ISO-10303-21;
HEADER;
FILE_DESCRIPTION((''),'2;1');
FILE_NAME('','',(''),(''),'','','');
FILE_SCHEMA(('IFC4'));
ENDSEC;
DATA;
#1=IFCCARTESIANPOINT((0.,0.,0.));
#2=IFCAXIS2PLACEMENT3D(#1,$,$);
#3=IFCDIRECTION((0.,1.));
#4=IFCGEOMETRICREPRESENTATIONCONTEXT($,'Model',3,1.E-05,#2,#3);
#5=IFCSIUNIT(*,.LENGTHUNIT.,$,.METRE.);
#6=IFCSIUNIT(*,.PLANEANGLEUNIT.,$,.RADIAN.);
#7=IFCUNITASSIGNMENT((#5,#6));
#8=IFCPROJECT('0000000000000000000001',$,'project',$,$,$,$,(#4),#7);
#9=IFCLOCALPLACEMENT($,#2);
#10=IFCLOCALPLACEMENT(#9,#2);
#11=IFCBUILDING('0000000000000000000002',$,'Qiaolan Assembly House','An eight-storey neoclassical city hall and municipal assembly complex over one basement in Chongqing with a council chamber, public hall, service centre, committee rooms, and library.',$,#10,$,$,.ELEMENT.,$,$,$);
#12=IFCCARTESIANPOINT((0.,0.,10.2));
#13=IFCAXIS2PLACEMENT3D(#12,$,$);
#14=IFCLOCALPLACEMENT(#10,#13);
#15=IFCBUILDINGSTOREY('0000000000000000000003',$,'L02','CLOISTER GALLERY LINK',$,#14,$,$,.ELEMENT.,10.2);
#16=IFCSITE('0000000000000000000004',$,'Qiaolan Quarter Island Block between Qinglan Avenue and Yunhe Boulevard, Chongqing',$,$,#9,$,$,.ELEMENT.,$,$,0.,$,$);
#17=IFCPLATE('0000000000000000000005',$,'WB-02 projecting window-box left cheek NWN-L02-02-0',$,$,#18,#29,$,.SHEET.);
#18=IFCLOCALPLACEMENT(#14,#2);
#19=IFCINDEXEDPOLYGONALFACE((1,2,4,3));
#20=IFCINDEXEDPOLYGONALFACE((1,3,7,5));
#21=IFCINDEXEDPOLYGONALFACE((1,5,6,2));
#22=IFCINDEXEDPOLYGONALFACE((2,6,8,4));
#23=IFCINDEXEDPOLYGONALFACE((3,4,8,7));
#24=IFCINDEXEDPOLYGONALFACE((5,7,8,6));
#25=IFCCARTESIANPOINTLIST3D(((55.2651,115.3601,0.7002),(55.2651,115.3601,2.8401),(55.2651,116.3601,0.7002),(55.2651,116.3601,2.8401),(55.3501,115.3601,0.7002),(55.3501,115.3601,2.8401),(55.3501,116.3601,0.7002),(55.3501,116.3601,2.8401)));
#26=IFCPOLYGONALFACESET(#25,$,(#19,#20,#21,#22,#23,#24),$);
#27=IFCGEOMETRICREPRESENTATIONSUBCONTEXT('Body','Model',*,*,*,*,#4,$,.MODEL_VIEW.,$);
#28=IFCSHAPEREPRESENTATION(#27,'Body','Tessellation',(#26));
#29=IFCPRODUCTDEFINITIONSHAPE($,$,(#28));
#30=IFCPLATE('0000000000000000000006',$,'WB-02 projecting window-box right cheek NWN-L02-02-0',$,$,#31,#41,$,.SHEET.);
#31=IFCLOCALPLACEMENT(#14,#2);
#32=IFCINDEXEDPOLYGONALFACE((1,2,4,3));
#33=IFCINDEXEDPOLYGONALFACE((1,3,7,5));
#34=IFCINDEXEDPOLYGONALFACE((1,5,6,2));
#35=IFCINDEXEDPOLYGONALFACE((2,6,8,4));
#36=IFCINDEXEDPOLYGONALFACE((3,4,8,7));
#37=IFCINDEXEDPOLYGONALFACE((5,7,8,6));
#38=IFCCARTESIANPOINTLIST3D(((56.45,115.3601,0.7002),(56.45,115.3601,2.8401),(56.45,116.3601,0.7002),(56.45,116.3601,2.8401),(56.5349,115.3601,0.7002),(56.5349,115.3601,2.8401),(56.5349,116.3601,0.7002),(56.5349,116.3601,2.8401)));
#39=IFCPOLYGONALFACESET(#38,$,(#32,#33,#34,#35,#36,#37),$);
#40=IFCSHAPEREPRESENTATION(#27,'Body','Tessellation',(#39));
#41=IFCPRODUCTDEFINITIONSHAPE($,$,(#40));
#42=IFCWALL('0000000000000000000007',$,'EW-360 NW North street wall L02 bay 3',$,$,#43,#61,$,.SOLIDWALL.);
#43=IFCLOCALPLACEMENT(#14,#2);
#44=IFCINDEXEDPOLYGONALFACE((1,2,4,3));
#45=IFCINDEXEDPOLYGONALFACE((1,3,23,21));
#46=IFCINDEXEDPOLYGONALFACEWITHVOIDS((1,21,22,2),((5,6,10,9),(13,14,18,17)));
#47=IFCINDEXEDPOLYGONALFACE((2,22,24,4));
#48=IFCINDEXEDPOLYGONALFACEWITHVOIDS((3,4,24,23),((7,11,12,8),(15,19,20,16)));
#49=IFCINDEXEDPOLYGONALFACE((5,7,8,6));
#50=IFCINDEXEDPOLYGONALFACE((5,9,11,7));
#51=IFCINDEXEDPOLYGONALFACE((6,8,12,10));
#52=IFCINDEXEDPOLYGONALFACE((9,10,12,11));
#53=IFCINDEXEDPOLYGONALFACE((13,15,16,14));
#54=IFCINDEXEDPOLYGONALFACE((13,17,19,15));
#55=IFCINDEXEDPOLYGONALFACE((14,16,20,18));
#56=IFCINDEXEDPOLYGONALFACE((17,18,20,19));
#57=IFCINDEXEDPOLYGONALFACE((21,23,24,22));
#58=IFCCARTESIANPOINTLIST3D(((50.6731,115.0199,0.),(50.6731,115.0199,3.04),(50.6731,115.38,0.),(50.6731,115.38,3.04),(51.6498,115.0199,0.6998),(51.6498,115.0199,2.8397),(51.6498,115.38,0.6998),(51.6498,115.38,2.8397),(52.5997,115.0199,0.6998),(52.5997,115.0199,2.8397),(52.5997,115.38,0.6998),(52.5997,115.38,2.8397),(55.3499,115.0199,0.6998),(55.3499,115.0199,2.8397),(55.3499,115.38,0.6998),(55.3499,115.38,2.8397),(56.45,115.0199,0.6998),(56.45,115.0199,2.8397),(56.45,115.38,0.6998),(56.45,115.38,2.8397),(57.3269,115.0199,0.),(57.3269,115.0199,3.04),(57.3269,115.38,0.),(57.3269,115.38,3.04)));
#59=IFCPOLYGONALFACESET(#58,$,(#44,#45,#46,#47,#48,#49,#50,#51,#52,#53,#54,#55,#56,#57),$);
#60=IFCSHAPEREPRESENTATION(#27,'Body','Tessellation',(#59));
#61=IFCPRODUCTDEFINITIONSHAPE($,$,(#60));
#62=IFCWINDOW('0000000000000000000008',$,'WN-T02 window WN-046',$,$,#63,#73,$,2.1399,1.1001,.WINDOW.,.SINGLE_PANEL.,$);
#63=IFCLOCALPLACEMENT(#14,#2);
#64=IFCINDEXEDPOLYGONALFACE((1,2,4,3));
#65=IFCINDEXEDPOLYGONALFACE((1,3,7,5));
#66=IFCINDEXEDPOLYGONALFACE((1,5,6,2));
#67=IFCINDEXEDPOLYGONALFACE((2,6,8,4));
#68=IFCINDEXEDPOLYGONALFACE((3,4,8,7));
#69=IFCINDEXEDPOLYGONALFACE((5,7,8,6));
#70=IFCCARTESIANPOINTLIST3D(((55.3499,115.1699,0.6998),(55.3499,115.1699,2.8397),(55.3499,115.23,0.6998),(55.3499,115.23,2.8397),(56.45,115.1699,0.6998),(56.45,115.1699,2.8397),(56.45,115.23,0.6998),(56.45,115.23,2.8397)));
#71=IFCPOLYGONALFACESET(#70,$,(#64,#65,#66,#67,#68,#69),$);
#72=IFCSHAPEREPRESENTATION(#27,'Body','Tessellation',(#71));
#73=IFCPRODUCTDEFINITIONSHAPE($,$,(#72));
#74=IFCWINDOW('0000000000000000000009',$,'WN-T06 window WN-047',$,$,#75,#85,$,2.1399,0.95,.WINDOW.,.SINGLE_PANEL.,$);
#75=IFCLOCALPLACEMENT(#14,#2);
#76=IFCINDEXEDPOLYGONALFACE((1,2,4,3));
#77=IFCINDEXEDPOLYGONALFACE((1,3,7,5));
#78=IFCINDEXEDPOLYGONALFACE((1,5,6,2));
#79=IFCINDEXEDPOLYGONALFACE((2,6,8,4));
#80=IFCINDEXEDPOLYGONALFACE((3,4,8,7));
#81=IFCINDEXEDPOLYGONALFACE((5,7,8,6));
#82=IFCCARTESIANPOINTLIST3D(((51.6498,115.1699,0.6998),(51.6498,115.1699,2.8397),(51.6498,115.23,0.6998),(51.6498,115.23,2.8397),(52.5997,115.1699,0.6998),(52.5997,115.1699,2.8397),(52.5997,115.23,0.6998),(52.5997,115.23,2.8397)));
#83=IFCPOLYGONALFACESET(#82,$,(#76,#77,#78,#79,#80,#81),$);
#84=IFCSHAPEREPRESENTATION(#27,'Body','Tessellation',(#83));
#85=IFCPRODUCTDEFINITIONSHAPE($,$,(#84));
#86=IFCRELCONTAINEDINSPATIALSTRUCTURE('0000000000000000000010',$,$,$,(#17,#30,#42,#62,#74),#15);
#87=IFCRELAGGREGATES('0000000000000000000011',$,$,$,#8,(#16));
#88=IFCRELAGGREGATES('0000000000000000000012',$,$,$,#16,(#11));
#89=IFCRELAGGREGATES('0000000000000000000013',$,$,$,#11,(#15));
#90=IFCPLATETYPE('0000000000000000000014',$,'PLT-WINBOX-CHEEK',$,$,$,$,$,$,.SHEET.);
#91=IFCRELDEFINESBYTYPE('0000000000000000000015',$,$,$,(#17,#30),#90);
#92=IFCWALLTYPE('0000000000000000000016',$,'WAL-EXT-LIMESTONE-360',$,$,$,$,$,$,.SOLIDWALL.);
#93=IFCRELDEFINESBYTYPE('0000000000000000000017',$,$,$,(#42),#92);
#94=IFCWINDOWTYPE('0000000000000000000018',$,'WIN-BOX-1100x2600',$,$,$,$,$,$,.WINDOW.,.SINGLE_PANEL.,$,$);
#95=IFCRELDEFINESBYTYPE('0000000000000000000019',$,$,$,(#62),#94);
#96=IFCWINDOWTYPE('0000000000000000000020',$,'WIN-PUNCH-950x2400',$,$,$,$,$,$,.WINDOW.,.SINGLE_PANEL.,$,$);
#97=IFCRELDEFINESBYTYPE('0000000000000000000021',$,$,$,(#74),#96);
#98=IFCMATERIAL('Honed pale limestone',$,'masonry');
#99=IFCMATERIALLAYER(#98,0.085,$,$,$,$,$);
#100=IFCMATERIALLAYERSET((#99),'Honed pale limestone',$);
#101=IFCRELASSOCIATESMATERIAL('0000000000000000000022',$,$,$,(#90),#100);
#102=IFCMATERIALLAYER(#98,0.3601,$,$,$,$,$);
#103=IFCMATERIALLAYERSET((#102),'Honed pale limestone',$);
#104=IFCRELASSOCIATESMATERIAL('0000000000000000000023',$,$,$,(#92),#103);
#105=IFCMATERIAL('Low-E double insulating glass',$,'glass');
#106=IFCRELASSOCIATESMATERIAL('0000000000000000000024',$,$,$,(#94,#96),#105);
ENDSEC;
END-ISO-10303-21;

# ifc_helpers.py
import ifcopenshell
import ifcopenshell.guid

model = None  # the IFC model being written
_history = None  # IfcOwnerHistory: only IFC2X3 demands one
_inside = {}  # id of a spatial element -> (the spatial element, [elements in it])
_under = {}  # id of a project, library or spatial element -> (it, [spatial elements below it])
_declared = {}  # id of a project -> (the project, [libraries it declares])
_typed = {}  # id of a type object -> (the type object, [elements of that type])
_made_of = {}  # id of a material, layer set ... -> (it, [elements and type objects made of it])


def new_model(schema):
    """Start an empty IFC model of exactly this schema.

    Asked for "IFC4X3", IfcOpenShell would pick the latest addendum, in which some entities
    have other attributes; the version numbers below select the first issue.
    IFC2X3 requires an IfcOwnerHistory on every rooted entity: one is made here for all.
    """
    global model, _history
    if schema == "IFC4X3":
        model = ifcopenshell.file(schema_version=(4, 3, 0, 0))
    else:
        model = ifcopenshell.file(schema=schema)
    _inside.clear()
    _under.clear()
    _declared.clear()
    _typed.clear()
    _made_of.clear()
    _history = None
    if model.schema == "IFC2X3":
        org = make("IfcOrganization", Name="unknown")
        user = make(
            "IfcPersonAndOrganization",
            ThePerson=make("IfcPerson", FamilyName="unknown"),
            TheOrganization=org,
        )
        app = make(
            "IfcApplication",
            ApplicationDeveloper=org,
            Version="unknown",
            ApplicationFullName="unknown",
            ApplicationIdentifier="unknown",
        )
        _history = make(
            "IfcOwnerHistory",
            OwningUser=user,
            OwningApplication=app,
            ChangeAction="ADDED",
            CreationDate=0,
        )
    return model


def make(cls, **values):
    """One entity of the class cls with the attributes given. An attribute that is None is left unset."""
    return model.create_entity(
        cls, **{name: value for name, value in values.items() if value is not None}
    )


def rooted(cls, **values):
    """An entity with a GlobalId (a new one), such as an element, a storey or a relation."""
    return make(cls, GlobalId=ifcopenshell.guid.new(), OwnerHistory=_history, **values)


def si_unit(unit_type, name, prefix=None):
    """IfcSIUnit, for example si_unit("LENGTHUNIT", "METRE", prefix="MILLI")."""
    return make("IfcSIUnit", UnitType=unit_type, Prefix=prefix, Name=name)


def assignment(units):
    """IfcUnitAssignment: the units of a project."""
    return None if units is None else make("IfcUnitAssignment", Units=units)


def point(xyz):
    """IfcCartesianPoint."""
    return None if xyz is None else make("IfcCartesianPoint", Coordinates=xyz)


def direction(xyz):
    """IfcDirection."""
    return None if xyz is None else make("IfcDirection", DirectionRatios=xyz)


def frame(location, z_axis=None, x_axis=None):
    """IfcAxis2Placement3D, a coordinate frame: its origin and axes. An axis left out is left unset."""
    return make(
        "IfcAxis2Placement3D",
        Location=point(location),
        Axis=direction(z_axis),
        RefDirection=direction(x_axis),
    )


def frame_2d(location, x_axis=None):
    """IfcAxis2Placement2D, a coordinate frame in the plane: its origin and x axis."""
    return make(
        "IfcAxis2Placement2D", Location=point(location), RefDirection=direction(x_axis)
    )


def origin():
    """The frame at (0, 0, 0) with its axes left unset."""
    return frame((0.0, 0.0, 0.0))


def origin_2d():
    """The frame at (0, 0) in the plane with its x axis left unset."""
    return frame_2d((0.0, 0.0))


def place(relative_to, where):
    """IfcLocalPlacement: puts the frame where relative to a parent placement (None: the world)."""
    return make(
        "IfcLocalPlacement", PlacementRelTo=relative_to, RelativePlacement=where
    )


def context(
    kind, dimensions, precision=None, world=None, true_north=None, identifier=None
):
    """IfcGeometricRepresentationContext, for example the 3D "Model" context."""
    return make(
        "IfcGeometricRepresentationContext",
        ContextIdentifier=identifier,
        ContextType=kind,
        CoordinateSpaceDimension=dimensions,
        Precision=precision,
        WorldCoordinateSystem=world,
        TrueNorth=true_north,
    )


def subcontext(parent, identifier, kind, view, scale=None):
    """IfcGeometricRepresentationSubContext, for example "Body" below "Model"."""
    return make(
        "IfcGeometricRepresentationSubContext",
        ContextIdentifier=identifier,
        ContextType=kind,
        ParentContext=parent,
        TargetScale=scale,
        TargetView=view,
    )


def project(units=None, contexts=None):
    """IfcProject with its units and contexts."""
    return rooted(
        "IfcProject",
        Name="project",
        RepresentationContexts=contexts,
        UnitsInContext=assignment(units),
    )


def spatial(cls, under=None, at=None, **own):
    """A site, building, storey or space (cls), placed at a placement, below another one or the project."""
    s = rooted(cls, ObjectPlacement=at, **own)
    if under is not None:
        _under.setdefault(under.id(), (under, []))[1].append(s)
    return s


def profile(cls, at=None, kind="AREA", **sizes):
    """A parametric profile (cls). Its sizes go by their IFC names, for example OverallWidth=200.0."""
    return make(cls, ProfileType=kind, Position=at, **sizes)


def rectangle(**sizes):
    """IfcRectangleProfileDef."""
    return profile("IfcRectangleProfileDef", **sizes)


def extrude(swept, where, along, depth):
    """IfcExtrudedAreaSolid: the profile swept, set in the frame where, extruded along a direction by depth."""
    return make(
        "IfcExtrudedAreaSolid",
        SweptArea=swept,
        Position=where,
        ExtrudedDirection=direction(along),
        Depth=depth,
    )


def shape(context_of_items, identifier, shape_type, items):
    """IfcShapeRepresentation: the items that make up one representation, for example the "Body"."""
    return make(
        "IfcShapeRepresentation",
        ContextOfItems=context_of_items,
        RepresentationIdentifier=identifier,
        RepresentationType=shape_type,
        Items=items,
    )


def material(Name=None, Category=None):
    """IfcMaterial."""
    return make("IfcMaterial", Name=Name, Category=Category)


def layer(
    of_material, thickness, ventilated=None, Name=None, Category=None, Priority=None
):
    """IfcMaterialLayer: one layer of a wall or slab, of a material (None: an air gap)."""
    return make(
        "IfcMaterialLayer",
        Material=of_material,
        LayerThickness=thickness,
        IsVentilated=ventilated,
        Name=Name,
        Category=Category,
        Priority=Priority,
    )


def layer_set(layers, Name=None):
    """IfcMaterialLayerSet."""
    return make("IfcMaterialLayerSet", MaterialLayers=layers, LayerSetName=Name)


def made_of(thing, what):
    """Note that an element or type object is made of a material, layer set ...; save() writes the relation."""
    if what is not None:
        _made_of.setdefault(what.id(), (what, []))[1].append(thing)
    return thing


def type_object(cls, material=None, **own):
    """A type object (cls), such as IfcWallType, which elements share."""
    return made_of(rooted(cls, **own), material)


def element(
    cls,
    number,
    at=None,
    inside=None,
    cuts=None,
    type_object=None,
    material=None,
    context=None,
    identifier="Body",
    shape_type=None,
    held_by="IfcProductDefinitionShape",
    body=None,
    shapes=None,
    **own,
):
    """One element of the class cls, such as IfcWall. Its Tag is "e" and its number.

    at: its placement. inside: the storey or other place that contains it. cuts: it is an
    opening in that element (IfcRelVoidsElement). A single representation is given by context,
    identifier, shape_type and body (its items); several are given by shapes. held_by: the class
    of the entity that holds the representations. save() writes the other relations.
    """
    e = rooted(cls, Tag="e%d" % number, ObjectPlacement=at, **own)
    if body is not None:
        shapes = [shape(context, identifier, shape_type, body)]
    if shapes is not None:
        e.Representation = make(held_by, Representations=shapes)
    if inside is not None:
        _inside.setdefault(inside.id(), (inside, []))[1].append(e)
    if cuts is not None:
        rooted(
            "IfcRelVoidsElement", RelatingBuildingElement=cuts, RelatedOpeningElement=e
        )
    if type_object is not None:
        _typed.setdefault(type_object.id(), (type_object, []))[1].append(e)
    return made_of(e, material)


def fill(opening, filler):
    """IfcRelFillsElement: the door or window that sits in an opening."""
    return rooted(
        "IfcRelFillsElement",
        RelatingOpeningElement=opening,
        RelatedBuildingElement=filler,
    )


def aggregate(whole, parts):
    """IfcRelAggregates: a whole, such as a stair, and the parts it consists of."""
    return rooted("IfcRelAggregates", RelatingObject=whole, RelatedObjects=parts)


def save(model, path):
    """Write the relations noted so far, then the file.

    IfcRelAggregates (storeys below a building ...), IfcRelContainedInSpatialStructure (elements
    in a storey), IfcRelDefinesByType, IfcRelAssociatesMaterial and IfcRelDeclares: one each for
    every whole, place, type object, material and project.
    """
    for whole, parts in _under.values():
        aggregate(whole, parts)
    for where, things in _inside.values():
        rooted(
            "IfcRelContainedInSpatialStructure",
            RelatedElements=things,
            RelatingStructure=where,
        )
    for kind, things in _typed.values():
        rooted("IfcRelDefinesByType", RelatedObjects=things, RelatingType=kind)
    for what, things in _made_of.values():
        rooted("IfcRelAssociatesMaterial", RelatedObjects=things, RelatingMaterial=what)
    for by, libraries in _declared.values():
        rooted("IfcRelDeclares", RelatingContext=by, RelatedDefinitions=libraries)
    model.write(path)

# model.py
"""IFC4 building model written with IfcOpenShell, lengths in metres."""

from ifc_helpers import new_model, si_unit, direction, frame, frame_2d, origin, origin_2d, place, context, subcontext, project, spatial, rectangle, extrude, material, layer, layer_set, type_object, element, fill, save


model = new_model("IFC4")

# Units and contexts
model_context = context("Model", 3, precision=1e-05, world=origin(), true_north=direction((0.0, 1.0)))
body_context = subcontext(model_context, "Body", "Model", "MODEL_VIEW")
ifc_project = project(units=[si_unit("LENGTHUNIT", "METRE"), si_unit("PLANEANGLEUNIT", "RADIAN")], contexts=[model_context])

# Site, building, storey
site_placement = place(None, origin())
site = spatial("IfcSite", under=ifc_project, at=site_placement, Name="Qiaolan Quarter Island Block between Qinglan Avenue and Yunhe Boulevard, Chongqing", CompositionType="ELEMENT", RefElevation=0.0)
building_placement = place(site_placement, origin())
building = spatial("IfcBuilding", under=site, at=building_placement, Name="Qiaolan Assembly House", Description="An eight-storey neoclassical city hall and municipal assembly complex over one basement in Chongqing with a council chamber, public hall, service centre, committee rooms, and library.", CompositionType="ELEMENT")
storey_placement = place(building_placement, frame((0.0, 0.0, 10.2)))
storey = spatial("IfcBuildingStorey", under=building, at=storey_placement, Name="L02", Description="CLOISTER GALLERY LINK", CompositionType="ELEMENT", Elevation=10.2)

# Plates
ifc_material_1 = material(Name="Honed pale limestone", Category="masonry")
ifc_layer_1 = layer(ifc_material_1, 0.085)
ifc_layer_set_1 = layer_set([ifc_layer_1], Name="Honed pale limestone")
plate_type = type_object("IfcPlateType", Name="PLT-WINBOX-CHEEK", PredefinedType="SHEET", material=ifc_layer_set_1)
for number, where, z_axis, x_axis, name in (
    (1, (55.3076, 115.8601, 0.7002), (0.0, 0.0, 1.0), (1.0, 0.0, 0.0), "WB-02 projecting window-box left cheek NWN-L02-02-0"),
    (2, (56.4924, 115.8601, 0.7002), (0.0, 0.0, 1.0), (1.0, 0.0, 0.0), "WB-02 projecting window-box right cheek NWN-L02-02-0"),
):
    element("IfcPlate", number, at=place(storey_placement, frame(where, z_axis=z_axis, x_axis=x_axis)), inside=storey, type_object=plate_type, Name=name, PredefinedType="SHEET", context=body_context, shape_type="SweptSolid", body=[
        extrude(rectangle(XDim=0.085, YDim=1.0, at=origin_2d()), origin(), (0.0, 0.0, 1.0), 2.1399),
    ])

# Wall, openings, windows
ifc_layer_2 = layer(ifc_material_1, 0.3601)
ifc_layer_set_2 = layer_set([ifc_layer_2], Name="Honed pale limestone")
wall_type = type_object("IfcWallType", Name="WAL-EXT-LIMESTONE-360", PredefinedType="SOLIDWALL", material=ifc_layer_set_2)
wall_placement = place(storey_placement, frame((57.3269, 115.2, 0.0), z_axis=(0.0, 0.0, 1.0), x_axis=(-1.0, 0.0, 0.0)))
wall = element("IfcWall", 3, at=wall_placement, inside=storey, type_object=wall_type, Name="EW-360 NW North street wall L02 bay 3", PredefinedType="SOLIDWALL", context=body_context, shape_type="SweptSolid", body=[
    extrude(rectangle(XDim=6.6538, YDim=0.3601, at=frame_2d((3.3269, 0.0))), origin(), (0.0, 0.0, 1.0), 3.04),
])
opening_1_placement = place(wall_placement, frame((0.877, 0.0, 0.7)))
opening_1 = element("IfcOpeningElement", 4, at=opening_1_placement, cuts=wall, PredefinedType="OPENING", context=body_context, shape_type="SweptSolid", body=[
    extrude(rectangle(XDim=1.1001, YDim=2.1399, at=frame_2d((0.55, 1.0698))), frame((0.0, 0.1899, 0.0), z_axis=(0.0, -1.0, 0.0), x_axis=(1.0, 0.0, 0.0)), (0.0, 0.0, 1.0), 0.3801),
])
opening_2_placement = place(wall_placement, frame((4.7271, 0.0, 0.7)))
opening_2 = element("IfcOpeningElement", 5, at=opening_2_placement, cuts=wall, PredefinedType="OPENING", context=body_context, shape_type="SweptSolid", body=[
    extrude(rectangle(XDim=0.95, YDim=2.1399, at=frame_2d((0.4751, 1.0698))), frame((0.0, 0.1899, 0.0), z_axis=(0.0, -1.0, 0.0), x_axis=(1.0, 0.0, 0.0)), (0.0, 0.0, 1.0), 0.3801),
])
ifc_material_2 = material(Name="Low-E double insulating glass", Category="glass")
window_type_1 = type_object("IfcWindowType", Name="WIN-BOX-1100x2600", PartitioningType="SINGLE_PANEL", PredefinedType="WINDOW", material=ifc_material_2)
window_1_placement = place(opening_1_placement, origin())
window_1 = element("IfcWindow", 6, at=window_1_placement, inside=storey, type_object=window_type_1, Name="WN-T02 window WN-046", OverallHeight=2.1399, OverallWidth=1.1001, PartitioningType="SINGLE_PANEL", PredefinedType="WINDOW", context=body_context, shape_type="SweptSolid", body=[
    extrude(rectangle(XDim=1.1001, YDim=2.1399, at=frame_2d((0.55, 1.0698))), frame((0.0, 0.03, 0.0), z_axis=(0.0, -1.0, 0.0), x_axis=(1.0, 0.0, 0.0)), (0.0, 0.0, 1.0), 0.0601),
])
fill(opening_1, window_1)
window_type_2 = type_object("IfcWindowType", Name="WIN-PUNCH-950x2400", PartitioningType="SINGLE_PANEL", PredefinedType="WINDOW", material=ifc_material_2)
window_2_placement = place(opening_2_placement, origin())
window_2 = element("IfcWindow", 7, at=window_2_placement, inside=storey, type_object=window_type_2, Name="WN-T06 window WN-047", OverallHeight=2.1399, OverallWidth=0.95, PartitioningType="SINGLE_PANEL", PredefinedType="WINDOW", context=body_context, shape_type="SweptSolid", body=[
    extrude(rectangle(XDim=0.95, YDim=2.1399, at=frame_2d((0.4751, 1.0698))), frame((0.0, 0.03, 0.0), z_axis=(0.0, -1.0, 0.0), x_axis=(1.0, 0.0, 0.0)), (0.0, 0.0, 1.0), 0.0601),
])
fill(opening_2, window_2)

save(model, "model.ifc")
